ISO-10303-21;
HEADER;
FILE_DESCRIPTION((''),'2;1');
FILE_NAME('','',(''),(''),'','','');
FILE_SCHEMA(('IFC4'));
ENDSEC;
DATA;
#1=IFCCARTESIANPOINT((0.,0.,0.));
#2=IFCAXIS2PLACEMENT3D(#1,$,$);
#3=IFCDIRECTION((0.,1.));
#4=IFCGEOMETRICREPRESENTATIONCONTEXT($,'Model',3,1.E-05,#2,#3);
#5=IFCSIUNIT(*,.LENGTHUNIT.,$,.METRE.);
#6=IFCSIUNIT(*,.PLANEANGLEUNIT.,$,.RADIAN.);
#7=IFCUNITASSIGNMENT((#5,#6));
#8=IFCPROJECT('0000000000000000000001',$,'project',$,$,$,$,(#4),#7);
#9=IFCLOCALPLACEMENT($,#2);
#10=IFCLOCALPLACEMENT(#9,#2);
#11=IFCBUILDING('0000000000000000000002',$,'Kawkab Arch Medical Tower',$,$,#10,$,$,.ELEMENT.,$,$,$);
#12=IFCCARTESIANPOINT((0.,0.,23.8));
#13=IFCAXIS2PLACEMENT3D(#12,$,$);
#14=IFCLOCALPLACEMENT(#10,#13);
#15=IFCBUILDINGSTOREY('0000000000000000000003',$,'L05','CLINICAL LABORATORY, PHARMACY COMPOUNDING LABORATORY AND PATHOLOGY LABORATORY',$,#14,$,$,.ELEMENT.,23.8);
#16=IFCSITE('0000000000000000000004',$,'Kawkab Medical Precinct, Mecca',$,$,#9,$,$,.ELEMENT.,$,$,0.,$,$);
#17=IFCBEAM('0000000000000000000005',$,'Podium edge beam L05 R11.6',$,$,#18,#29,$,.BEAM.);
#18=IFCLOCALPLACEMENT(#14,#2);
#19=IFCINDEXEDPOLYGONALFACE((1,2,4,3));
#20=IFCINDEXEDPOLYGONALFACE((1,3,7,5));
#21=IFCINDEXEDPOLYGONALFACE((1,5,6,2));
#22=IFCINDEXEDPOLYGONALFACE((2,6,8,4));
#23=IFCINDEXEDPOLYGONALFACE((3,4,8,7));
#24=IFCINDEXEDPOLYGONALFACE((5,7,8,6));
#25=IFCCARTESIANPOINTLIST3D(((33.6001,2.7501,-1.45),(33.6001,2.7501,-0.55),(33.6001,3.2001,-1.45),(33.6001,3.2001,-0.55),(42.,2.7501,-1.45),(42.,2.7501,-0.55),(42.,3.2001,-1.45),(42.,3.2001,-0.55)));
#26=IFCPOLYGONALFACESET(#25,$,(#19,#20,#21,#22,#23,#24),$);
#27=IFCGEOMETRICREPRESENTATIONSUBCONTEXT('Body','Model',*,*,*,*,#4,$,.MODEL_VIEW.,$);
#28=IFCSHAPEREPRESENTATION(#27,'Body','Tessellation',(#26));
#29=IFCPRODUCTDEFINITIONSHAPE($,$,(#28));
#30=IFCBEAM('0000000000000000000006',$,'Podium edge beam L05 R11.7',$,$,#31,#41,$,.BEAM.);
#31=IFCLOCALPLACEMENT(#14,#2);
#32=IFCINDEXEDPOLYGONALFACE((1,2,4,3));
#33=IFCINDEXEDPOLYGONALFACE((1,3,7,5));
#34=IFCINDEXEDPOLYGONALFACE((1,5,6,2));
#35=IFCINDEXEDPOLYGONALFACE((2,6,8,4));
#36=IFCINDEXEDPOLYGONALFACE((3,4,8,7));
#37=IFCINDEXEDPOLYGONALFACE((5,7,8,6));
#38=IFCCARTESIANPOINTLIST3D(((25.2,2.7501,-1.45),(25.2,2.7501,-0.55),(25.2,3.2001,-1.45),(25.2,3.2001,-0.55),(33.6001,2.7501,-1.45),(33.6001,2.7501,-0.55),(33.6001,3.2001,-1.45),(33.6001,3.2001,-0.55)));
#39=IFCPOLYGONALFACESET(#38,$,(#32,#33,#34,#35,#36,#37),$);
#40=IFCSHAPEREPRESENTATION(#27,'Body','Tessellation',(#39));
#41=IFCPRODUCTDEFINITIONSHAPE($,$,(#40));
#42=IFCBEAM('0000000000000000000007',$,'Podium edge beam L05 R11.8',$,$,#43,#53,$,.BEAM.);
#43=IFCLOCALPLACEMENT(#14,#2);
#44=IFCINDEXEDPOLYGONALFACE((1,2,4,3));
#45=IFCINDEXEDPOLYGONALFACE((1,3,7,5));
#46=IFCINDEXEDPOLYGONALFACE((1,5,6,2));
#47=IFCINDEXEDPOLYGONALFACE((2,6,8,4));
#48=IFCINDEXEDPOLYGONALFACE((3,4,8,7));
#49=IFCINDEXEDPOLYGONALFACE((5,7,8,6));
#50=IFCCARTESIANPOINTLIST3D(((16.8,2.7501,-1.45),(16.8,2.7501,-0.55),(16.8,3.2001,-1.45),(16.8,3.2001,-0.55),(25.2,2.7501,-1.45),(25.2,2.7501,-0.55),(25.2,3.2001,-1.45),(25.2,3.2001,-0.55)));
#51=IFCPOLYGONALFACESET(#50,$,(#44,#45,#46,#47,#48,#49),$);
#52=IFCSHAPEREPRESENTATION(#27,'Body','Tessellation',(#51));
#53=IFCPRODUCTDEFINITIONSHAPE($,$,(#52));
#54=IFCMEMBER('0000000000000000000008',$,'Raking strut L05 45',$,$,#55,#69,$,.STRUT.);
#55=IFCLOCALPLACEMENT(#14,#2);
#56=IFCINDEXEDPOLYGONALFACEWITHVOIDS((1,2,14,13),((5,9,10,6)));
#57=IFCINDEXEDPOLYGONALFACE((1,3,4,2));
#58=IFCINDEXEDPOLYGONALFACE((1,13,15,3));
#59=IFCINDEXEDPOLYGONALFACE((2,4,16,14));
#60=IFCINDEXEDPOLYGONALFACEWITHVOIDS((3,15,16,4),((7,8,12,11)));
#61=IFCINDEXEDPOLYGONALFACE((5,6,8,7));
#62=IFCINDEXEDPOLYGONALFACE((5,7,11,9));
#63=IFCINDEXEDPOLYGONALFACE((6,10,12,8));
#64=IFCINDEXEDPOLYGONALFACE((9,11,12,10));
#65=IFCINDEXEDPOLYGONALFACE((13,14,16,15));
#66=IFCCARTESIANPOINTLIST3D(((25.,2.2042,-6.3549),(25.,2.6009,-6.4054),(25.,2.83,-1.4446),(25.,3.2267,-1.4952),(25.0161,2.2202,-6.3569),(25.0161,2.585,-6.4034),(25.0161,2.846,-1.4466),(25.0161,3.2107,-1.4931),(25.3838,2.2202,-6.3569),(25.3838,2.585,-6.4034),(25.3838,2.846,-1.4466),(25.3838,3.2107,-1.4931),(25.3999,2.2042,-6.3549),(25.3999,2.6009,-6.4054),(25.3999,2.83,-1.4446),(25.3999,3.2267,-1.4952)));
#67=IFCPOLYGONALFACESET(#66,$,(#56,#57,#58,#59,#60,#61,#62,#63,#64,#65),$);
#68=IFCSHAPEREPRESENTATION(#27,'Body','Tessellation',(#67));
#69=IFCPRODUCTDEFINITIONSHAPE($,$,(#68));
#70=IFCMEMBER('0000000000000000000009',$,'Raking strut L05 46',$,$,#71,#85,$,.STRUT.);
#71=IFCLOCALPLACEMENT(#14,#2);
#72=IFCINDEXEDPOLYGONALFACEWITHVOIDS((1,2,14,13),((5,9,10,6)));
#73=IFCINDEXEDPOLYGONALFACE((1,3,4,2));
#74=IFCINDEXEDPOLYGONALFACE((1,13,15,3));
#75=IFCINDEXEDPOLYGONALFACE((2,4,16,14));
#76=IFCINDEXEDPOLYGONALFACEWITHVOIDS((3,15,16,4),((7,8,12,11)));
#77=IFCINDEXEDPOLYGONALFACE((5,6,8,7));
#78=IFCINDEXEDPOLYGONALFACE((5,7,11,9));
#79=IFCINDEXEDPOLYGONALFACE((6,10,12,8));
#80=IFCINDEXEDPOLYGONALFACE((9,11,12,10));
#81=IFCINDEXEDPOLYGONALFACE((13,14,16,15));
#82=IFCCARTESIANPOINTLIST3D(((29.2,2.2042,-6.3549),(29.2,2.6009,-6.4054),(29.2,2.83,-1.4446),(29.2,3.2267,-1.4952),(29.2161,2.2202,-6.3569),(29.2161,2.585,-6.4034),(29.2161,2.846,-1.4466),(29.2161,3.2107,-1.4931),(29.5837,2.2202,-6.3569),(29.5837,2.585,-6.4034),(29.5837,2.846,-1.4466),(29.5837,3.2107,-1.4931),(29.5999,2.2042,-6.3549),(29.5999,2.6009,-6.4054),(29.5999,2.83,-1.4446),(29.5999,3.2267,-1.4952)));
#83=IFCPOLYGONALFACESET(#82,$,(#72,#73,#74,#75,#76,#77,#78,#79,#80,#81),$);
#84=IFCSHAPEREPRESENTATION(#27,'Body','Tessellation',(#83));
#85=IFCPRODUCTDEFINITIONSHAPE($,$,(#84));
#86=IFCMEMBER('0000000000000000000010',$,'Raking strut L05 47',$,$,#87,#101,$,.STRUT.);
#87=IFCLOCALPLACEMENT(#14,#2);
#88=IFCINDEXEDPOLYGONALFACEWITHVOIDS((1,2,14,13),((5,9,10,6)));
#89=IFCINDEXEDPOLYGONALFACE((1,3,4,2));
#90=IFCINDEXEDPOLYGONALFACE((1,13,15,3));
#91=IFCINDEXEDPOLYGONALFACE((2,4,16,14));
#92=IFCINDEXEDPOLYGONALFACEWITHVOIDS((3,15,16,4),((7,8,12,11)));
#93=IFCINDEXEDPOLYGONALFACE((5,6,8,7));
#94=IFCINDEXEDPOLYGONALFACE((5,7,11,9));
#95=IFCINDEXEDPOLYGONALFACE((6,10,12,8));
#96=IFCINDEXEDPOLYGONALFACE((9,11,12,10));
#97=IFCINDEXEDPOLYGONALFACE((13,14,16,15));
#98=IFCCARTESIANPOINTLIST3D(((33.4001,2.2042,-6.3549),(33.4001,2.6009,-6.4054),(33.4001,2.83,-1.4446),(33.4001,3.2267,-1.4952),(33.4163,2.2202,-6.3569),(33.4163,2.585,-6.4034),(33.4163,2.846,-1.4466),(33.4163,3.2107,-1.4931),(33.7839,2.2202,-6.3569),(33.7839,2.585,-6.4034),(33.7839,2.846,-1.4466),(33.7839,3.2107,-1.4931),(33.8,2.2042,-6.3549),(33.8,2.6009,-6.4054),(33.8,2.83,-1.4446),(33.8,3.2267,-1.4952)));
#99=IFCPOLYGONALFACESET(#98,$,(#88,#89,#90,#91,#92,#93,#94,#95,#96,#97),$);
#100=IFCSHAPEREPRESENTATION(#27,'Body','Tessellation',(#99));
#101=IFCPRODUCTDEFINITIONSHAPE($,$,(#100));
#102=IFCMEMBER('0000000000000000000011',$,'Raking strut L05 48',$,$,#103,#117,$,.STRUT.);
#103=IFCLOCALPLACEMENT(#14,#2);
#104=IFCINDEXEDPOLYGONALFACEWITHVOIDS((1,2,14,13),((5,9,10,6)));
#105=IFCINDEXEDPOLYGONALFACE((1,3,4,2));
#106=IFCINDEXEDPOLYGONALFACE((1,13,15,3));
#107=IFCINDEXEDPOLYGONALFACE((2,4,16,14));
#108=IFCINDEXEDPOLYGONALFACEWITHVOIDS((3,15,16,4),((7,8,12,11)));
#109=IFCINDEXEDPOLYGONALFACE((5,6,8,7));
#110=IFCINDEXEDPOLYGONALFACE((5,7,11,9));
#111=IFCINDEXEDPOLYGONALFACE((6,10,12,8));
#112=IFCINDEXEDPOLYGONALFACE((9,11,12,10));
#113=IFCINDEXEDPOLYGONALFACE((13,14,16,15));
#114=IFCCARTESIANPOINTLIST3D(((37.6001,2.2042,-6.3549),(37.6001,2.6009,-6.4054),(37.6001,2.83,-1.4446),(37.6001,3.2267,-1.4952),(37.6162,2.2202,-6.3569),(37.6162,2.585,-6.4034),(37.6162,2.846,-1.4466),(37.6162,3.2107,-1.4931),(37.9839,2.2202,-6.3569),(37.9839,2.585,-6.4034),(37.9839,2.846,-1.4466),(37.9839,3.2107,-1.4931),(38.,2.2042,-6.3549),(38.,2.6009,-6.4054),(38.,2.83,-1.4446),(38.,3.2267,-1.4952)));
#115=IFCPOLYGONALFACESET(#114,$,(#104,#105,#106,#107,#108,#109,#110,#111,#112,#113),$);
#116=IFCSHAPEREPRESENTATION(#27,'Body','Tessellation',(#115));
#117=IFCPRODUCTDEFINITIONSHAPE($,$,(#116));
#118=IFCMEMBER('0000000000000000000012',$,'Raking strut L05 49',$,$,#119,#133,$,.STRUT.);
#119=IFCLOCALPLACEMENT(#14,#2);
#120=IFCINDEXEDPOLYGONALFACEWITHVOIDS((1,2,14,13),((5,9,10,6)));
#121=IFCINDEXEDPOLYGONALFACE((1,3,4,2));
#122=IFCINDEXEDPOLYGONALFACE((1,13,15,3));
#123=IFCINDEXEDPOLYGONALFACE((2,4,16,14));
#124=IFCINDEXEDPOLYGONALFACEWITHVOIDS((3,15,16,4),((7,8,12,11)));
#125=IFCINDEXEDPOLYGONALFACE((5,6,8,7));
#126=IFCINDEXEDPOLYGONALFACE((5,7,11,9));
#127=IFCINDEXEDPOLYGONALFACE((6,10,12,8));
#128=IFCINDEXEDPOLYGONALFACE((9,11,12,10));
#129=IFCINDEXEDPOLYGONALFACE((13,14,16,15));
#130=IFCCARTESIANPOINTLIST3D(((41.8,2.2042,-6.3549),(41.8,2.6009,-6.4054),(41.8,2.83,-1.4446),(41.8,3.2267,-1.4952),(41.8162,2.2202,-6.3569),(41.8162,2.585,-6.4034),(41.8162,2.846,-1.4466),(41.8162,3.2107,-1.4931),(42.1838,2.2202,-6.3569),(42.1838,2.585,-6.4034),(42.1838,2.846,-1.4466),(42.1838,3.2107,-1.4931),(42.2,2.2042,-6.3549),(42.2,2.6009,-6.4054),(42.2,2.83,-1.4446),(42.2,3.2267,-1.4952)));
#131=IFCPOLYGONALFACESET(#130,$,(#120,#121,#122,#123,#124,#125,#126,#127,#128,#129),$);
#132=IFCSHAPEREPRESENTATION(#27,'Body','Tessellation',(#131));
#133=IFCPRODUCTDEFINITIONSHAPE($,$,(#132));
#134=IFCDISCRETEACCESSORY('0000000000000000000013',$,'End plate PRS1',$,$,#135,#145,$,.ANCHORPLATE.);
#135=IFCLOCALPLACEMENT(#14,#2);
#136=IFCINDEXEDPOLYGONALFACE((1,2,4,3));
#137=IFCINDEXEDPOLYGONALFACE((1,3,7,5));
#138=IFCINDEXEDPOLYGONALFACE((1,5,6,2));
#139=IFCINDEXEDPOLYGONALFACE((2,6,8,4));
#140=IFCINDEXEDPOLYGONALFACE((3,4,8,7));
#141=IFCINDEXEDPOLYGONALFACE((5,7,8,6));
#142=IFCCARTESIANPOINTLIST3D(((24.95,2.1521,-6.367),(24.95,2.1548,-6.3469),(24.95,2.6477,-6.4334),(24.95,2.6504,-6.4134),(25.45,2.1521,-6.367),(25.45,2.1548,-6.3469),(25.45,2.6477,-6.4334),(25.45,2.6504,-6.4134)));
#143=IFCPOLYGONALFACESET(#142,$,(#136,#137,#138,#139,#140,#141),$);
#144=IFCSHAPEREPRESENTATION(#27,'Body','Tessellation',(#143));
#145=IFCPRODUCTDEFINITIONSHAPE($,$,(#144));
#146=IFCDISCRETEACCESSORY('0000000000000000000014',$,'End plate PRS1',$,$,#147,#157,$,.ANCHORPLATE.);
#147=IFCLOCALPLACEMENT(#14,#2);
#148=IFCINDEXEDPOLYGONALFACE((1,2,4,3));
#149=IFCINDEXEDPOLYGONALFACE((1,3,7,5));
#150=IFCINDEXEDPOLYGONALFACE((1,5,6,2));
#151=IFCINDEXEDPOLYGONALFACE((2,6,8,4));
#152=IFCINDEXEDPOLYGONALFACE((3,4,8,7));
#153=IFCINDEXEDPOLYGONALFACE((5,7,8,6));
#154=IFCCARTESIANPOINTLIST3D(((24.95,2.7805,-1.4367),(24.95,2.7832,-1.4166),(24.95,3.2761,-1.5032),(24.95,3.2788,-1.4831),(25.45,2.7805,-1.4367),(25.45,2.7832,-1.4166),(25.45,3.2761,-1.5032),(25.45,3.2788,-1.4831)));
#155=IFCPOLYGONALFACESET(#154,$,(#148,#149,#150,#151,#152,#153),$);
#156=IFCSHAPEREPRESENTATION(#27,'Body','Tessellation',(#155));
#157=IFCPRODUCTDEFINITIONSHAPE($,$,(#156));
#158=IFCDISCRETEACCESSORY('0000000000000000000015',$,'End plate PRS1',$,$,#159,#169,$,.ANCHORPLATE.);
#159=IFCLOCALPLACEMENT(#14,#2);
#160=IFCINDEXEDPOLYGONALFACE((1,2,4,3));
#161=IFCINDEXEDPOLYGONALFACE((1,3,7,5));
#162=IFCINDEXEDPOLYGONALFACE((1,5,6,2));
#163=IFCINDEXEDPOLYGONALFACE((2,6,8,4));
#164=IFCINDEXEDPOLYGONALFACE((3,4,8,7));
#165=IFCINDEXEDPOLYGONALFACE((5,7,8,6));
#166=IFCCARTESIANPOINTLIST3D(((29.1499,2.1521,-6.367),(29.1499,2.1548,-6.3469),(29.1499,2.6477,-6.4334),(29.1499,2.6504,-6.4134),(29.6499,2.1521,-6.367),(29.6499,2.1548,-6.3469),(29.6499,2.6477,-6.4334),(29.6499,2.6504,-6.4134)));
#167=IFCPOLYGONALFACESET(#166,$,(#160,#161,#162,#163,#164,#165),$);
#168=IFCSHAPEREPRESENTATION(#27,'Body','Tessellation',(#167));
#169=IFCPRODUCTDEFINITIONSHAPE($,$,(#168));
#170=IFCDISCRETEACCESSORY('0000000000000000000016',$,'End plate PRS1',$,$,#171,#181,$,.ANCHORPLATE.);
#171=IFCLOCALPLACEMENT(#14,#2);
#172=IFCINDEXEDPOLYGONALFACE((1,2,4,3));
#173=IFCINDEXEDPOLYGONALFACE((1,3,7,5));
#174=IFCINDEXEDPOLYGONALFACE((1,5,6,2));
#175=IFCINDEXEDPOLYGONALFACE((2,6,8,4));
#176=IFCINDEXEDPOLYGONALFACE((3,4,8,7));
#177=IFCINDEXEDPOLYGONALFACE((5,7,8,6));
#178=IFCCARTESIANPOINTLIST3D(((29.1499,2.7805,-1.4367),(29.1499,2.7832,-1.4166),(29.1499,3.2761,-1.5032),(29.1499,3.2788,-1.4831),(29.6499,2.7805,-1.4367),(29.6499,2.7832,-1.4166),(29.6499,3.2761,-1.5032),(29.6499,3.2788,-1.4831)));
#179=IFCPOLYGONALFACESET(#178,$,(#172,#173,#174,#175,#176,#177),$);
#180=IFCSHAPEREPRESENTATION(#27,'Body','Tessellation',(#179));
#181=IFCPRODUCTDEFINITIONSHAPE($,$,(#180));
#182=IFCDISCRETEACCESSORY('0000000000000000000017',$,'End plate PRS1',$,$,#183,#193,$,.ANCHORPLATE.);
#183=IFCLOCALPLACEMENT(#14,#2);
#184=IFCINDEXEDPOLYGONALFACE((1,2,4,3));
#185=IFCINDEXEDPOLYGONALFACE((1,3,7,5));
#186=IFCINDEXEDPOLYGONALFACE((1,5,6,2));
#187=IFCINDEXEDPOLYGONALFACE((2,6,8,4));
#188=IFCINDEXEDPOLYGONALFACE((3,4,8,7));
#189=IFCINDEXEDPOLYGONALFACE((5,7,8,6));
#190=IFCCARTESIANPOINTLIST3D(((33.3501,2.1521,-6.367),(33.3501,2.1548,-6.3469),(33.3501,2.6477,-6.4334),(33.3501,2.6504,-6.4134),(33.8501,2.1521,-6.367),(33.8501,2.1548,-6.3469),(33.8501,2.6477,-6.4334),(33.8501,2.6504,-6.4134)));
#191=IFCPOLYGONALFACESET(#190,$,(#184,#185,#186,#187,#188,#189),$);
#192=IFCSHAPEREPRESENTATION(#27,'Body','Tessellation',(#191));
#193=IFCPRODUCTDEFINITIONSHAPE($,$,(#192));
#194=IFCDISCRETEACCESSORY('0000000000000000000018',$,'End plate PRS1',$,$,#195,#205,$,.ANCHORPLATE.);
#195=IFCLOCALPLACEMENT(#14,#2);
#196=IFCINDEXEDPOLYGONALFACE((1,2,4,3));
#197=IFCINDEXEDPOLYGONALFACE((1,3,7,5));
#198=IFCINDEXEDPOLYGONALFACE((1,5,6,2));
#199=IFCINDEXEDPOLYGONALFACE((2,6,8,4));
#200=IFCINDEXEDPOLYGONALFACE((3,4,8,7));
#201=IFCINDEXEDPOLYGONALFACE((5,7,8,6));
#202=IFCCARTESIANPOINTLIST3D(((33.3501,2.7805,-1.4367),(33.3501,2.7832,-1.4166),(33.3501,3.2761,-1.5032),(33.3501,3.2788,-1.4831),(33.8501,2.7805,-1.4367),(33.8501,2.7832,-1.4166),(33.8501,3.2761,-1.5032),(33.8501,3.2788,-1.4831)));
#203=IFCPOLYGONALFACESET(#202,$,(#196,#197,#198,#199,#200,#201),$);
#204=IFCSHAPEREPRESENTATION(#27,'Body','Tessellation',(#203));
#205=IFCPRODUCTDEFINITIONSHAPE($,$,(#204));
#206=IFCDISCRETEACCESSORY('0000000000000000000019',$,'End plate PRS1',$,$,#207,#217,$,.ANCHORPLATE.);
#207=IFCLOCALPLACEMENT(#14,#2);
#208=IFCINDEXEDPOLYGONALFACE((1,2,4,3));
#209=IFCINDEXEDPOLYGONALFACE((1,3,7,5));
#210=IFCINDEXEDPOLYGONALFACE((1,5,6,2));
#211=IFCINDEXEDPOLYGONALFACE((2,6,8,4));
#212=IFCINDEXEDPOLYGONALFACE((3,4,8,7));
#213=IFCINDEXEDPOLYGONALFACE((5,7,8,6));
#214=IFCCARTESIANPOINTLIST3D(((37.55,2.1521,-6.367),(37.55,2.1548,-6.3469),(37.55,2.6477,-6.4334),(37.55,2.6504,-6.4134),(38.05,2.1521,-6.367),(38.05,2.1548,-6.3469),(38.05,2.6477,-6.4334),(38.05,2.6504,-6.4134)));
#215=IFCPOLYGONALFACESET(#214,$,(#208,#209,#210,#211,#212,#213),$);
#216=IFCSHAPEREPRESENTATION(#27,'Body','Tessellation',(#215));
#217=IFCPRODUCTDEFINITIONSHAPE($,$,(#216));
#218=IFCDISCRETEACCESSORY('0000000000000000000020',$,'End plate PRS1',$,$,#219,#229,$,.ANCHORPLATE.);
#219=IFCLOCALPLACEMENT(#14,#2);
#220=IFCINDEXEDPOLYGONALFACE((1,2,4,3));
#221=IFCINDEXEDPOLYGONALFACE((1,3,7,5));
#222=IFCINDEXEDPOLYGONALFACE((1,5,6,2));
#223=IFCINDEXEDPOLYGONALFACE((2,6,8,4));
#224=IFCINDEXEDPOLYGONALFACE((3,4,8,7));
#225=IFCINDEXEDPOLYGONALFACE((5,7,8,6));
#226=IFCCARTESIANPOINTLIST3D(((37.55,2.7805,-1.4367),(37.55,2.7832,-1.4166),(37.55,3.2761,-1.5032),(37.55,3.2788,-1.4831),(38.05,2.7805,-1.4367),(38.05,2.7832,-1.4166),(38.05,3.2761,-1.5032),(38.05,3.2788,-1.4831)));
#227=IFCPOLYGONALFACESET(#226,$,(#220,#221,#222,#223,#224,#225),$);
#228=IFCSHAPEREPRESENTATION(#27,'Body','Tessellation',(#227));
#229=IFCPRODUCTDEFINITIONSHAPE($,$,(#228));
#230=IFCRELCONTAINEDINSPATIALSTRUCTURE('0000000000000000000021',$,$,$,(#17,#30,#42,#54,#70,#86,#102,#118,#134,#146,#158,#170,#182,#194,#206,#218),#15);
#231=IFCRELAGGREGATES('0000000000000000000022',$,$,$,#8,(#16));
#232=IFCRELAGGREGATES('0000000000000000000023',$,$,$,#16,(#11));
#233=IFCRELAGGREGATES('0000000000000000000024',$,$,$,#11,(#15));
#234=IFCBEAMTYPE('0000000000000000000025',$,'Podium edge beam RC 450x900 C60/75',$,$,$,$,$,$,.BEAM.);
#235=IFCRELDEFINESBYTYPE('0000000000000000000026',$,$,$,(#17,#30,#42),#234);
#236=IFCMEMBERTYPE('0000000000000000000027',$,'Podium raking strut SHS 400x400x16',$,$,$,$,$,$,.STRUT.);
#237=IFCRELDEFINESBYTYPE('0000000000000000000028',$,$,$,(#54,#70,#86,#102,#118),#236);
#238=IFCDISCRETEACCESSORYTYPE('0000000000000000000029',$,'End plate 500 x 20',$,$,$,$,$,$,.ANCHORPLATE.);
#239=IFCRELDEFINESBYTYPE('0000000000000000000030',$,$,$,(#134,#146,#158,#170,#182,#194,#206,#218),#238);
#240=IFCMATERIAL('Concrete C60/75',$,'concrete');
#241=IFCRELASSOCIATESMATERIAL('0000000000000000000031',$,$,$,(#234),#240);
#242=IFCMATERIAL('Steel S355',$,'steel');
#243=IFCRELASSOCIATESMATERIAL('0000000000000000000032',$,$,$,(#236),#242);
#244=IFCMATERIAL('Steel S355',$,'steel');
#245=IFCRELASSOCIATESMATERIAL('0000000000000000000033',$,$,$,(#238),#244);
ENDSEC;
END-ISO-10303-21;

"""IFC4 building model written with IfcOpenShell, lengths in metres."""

from ifc_helpers import new_model, si_unit, direction, frame, origin, origin_2d, place, context, subcontext, project, spatial, rectangle, hollow_rectangle, extrude, material, material_profile, profile_set, type_object, element, save


model = new_model("IFC4")

# Units and contexts
model_context = context("Model", 3, precision=1e-05, world=origin(), true_north=direction((0.0, 1.0)))
body_context = subcontext(model_context, "Body", "Model", "MODEL_VIEW")
ifc_project = project(units=[si_unit("LENGTHUNIT", "METRE"), si_unit("PLANEANGLEUNIT", "RADIAN")], contexts=[model_context])

# Site, building, storey
site_placement = place(None, origin())
site = spatial("IfcSite", under=ifc_project, at=site_placement, Name="Kawkab Medical Precinct, Mecca", CompositionType="ELEMENT", RefElevation=0.0)
building_placement = place(site_placement, origin())
building = spatial("IfcBuilding", under=site, at=building_placement, Name="Kawkab Arch Medical Tower", CompositionType="ELEMENT")
storey_placement = place(building_placement, frame((0.0, 0.0, 23.8)))
storey = spatial("IfcBuildingStorey", under=building, at=storey_placement, Name="L05", Description="CLINICAL LABORATORY, PHARMACY COMPOUNDING LABORATORY AND PATHOLOGY LABORATORY", CompositionType="ELEMENT", Elevation=23.8)

# Beams
ifc_material_1 = material(Name="Concrete C60/75", Category="concrete")
ifc_material_profile_1 = material_profile(ifc_material_1, rectangle(XDim=0.45, YDim=0.8999, at=origin_2d()), Name="RC 450x900")
ifc_profile_set_1 = profile_set([ifc_material_profile_1], Name="Concrete C60/75")
beam_type = type_object("IfcBeamType", Name="Podium edge beam RC 450x900 C60/75", PredefinedType="BEAM", material=ifc_profile_set_1)
beam_1_placement = place(storey_placement, frame((42.0, 2.9751, -1.0), z_axis=(-1.0, 0.0, 0.0), x_axis=(0.0, -1.0, 0.0)))
element("IfcBeam", 1, at=beam_1_placement, inside=storey, type_object=beam_type, Name="Podium edge beam L05 R11.6", PredefinedType="BEAM", context=body_context, shape_type="SweptSolid", body=[
    extrude(rectangle(XDim=0.45, YDim=0.8999, at=origin_2d()), origin(), (0.0, 0.0, 1.0), 8.3999),
])
beam_2_placement = place(storey_placement, frame((33.6001, 2.9751, -1.0), z_axis=(-1.0, 0.0, 0.0), x_axis=(0.0, -1.0, 0.0)))
element("IfcBeam", 2, at=beam_2_placement, inside=storey, type_object=beam_type, Name="Podium edge beam L05 R11.7", PredefinedType="BEAM", context=body_context, shape_type="SweptSolid", body=[
    extrude(rectangle(XDim=0.45, YDim=0.8999, at=origin_2d()), origin(), (0.0, 0.0, 1.0), 8.4001),
])
beam_3_placement = place(storey_placement, frame((25.2, 2.9751, -1.0), z_axis=(-1.0, 0.0, 0.0), x_axis=(0.0, -1.0, 0.0)))
element("IfcBeam", 3, at=beam_3_placement, inside=storey, type_object=beam_type, Name="Podium edge beam L05 R11.8", PredefinedType="BEAM", context=body_context, shape_type="SweptSolid", body=[
    extrude(rectangle(XDim=0.45, YDim=0.8999, at=origin_2d()), origin(), (0.0, 0.0, 1.0), 8.3999),
])

# Members
ifc_material_2 = material(Name="Steel S355", Category="steel")
ifc_material_profile_2 = material_profile(ifc_material_2, hollow_rectangle(XDim=0.3999, YDim=0.3999, WallThickness=0.0161, at=origin_2d()), Name="SHS 400x400x16")
ifc_profile_set_2 = profile_set([ifc_material_profile_2], Name="Steel S355")
member_type = type_object("IfcMemberType", Name="Podium raking strut SHS 400x400x16", PredefinedType="STRUT", material=ifc_profile_set_2)
for number, where, z_axis, x_axis, name in (
    (4, (25.2, 2.4026, -6.3801), (0.0, 0.126414, 0.991978), (-1.0, 0.0, 0.0), "Raking strut L05 45"),
    (5, (29.3999, 2.4026, -6.3801), (0.0, 0.126414, 0.991978), (-1.0, 0.0, 0.0), "Raking strut L05 46"),
    (6, (33.6001, 2.4026, -6.3801), (0.0, 0.126414, 0.991978), (-1.0, 0.0, 0.0), "Raking strut L05 47"),
    (7, (37.8, 2.4026, -6.3801), (0.0, 0.126414, 0.991978), (-1.0, 0.0, 0.0), "Raking strut L05 48"),
    (8, (42.0, 2.4026, -6.3801), (0.0, 0.126414, 0.991978), (-1.0, 0.0, 0.0), "Raking strut L05 49"),
):
    element("IfcMember", number, at=place(storey_placement, frame(where, z_axis=z_axis, x_axis=x_axis)), inside=storey, type_object=member_type, Name=name, PredefinedType="STRUT", context=body_context, shape_type="SweptSolid", body=[
        extrude(hollow_rectangle(XDim=0.3999, YDim=0.3999, WallThickness=0.0161, at=origin_2d()), origin(), (0.0, 0.0, 1.0), 4.95),
    ])

# Discrete accessories
ifc_material_3 = material(Name="Steel S355", Category="steel")
ifc_material_profile_3 = material_profile(ifc_material_3, rectangle(XDim=0.5, YDim=0.5, at=origin_2d()), Name="End plate 500 x 20")
ifc_profile_set_3 = profile_set([ifc_material_profile_3], Name="Steel S355")
discrete_accessory_type = type_object("IfcDiscreteAccessoryType", Name="End plate 500 x 20", PredefinedType="ANCHORPLATE", material=ifc_profile_set_3)
for number, where, z_axis, x_axis, name in (
    (9, (25.2, 2.4026, -6.3801), (0.0, -0.132955, -0.991122), (1.0, 0.0, 0.0), "End plate PRS1"),
    (10, (25.2, 3.0283, -1.47), (0.0, 0.132955, 0.991122), (-1.0, 0.0, 0.0), "End plate PRS1"),
    (11, (29.3999, 2.4026, -6.3801), (0.0, -0.132955, -0.991122), (1.0, 0.0, 0.0), "End plate PRS1"),
    (12, (29.3999, 3.0283, -1.47), (0.0, 0.132955, 0.991122), (-1.0, 0.0, 0.0), "End plate PRS1"),
    (13, (33.6001, 2.4026, -6.3801), (0.0, -0.132955, -0.991122), (1.0, 0.0, 0.0), "End plate PRS1"),
    (14, (33.6001, 3.0283, -1.47), (0.0, 0.132955, 0.991122), (-1.0, 0.0, 0.0), "End plate PRS1"),
    (15, (37.8, 2.4026, -6.3801), (0.0, -0.132955, -0.991122), (1.0, 0.0, 0.0), "End plate PRS1"),
    (16, (37.8, 3.0283, -1.47), (0.0, 0.132955, 0.991122), (-1.0, 0.0, 0.0), "End plate PRS1"),
):
    element("IfcDiscreteAccessory", number, at=place(storey_placement, frame(where, z_axis=z_axis, x_axis=x_axis)), inside=storey, type_object=discrete_accessory_type, Name=name, PredefinedType="ANCHORPLATE", context=body_context, shape_type="SweptSolid", body=[
        extrude(rectangle(XDim=0.5, YDim=0.5, at=origin_2d()), origin(), (0.0, 0.0, 1.0), 0.0203),
    ])

save(model, "model.ifc")
